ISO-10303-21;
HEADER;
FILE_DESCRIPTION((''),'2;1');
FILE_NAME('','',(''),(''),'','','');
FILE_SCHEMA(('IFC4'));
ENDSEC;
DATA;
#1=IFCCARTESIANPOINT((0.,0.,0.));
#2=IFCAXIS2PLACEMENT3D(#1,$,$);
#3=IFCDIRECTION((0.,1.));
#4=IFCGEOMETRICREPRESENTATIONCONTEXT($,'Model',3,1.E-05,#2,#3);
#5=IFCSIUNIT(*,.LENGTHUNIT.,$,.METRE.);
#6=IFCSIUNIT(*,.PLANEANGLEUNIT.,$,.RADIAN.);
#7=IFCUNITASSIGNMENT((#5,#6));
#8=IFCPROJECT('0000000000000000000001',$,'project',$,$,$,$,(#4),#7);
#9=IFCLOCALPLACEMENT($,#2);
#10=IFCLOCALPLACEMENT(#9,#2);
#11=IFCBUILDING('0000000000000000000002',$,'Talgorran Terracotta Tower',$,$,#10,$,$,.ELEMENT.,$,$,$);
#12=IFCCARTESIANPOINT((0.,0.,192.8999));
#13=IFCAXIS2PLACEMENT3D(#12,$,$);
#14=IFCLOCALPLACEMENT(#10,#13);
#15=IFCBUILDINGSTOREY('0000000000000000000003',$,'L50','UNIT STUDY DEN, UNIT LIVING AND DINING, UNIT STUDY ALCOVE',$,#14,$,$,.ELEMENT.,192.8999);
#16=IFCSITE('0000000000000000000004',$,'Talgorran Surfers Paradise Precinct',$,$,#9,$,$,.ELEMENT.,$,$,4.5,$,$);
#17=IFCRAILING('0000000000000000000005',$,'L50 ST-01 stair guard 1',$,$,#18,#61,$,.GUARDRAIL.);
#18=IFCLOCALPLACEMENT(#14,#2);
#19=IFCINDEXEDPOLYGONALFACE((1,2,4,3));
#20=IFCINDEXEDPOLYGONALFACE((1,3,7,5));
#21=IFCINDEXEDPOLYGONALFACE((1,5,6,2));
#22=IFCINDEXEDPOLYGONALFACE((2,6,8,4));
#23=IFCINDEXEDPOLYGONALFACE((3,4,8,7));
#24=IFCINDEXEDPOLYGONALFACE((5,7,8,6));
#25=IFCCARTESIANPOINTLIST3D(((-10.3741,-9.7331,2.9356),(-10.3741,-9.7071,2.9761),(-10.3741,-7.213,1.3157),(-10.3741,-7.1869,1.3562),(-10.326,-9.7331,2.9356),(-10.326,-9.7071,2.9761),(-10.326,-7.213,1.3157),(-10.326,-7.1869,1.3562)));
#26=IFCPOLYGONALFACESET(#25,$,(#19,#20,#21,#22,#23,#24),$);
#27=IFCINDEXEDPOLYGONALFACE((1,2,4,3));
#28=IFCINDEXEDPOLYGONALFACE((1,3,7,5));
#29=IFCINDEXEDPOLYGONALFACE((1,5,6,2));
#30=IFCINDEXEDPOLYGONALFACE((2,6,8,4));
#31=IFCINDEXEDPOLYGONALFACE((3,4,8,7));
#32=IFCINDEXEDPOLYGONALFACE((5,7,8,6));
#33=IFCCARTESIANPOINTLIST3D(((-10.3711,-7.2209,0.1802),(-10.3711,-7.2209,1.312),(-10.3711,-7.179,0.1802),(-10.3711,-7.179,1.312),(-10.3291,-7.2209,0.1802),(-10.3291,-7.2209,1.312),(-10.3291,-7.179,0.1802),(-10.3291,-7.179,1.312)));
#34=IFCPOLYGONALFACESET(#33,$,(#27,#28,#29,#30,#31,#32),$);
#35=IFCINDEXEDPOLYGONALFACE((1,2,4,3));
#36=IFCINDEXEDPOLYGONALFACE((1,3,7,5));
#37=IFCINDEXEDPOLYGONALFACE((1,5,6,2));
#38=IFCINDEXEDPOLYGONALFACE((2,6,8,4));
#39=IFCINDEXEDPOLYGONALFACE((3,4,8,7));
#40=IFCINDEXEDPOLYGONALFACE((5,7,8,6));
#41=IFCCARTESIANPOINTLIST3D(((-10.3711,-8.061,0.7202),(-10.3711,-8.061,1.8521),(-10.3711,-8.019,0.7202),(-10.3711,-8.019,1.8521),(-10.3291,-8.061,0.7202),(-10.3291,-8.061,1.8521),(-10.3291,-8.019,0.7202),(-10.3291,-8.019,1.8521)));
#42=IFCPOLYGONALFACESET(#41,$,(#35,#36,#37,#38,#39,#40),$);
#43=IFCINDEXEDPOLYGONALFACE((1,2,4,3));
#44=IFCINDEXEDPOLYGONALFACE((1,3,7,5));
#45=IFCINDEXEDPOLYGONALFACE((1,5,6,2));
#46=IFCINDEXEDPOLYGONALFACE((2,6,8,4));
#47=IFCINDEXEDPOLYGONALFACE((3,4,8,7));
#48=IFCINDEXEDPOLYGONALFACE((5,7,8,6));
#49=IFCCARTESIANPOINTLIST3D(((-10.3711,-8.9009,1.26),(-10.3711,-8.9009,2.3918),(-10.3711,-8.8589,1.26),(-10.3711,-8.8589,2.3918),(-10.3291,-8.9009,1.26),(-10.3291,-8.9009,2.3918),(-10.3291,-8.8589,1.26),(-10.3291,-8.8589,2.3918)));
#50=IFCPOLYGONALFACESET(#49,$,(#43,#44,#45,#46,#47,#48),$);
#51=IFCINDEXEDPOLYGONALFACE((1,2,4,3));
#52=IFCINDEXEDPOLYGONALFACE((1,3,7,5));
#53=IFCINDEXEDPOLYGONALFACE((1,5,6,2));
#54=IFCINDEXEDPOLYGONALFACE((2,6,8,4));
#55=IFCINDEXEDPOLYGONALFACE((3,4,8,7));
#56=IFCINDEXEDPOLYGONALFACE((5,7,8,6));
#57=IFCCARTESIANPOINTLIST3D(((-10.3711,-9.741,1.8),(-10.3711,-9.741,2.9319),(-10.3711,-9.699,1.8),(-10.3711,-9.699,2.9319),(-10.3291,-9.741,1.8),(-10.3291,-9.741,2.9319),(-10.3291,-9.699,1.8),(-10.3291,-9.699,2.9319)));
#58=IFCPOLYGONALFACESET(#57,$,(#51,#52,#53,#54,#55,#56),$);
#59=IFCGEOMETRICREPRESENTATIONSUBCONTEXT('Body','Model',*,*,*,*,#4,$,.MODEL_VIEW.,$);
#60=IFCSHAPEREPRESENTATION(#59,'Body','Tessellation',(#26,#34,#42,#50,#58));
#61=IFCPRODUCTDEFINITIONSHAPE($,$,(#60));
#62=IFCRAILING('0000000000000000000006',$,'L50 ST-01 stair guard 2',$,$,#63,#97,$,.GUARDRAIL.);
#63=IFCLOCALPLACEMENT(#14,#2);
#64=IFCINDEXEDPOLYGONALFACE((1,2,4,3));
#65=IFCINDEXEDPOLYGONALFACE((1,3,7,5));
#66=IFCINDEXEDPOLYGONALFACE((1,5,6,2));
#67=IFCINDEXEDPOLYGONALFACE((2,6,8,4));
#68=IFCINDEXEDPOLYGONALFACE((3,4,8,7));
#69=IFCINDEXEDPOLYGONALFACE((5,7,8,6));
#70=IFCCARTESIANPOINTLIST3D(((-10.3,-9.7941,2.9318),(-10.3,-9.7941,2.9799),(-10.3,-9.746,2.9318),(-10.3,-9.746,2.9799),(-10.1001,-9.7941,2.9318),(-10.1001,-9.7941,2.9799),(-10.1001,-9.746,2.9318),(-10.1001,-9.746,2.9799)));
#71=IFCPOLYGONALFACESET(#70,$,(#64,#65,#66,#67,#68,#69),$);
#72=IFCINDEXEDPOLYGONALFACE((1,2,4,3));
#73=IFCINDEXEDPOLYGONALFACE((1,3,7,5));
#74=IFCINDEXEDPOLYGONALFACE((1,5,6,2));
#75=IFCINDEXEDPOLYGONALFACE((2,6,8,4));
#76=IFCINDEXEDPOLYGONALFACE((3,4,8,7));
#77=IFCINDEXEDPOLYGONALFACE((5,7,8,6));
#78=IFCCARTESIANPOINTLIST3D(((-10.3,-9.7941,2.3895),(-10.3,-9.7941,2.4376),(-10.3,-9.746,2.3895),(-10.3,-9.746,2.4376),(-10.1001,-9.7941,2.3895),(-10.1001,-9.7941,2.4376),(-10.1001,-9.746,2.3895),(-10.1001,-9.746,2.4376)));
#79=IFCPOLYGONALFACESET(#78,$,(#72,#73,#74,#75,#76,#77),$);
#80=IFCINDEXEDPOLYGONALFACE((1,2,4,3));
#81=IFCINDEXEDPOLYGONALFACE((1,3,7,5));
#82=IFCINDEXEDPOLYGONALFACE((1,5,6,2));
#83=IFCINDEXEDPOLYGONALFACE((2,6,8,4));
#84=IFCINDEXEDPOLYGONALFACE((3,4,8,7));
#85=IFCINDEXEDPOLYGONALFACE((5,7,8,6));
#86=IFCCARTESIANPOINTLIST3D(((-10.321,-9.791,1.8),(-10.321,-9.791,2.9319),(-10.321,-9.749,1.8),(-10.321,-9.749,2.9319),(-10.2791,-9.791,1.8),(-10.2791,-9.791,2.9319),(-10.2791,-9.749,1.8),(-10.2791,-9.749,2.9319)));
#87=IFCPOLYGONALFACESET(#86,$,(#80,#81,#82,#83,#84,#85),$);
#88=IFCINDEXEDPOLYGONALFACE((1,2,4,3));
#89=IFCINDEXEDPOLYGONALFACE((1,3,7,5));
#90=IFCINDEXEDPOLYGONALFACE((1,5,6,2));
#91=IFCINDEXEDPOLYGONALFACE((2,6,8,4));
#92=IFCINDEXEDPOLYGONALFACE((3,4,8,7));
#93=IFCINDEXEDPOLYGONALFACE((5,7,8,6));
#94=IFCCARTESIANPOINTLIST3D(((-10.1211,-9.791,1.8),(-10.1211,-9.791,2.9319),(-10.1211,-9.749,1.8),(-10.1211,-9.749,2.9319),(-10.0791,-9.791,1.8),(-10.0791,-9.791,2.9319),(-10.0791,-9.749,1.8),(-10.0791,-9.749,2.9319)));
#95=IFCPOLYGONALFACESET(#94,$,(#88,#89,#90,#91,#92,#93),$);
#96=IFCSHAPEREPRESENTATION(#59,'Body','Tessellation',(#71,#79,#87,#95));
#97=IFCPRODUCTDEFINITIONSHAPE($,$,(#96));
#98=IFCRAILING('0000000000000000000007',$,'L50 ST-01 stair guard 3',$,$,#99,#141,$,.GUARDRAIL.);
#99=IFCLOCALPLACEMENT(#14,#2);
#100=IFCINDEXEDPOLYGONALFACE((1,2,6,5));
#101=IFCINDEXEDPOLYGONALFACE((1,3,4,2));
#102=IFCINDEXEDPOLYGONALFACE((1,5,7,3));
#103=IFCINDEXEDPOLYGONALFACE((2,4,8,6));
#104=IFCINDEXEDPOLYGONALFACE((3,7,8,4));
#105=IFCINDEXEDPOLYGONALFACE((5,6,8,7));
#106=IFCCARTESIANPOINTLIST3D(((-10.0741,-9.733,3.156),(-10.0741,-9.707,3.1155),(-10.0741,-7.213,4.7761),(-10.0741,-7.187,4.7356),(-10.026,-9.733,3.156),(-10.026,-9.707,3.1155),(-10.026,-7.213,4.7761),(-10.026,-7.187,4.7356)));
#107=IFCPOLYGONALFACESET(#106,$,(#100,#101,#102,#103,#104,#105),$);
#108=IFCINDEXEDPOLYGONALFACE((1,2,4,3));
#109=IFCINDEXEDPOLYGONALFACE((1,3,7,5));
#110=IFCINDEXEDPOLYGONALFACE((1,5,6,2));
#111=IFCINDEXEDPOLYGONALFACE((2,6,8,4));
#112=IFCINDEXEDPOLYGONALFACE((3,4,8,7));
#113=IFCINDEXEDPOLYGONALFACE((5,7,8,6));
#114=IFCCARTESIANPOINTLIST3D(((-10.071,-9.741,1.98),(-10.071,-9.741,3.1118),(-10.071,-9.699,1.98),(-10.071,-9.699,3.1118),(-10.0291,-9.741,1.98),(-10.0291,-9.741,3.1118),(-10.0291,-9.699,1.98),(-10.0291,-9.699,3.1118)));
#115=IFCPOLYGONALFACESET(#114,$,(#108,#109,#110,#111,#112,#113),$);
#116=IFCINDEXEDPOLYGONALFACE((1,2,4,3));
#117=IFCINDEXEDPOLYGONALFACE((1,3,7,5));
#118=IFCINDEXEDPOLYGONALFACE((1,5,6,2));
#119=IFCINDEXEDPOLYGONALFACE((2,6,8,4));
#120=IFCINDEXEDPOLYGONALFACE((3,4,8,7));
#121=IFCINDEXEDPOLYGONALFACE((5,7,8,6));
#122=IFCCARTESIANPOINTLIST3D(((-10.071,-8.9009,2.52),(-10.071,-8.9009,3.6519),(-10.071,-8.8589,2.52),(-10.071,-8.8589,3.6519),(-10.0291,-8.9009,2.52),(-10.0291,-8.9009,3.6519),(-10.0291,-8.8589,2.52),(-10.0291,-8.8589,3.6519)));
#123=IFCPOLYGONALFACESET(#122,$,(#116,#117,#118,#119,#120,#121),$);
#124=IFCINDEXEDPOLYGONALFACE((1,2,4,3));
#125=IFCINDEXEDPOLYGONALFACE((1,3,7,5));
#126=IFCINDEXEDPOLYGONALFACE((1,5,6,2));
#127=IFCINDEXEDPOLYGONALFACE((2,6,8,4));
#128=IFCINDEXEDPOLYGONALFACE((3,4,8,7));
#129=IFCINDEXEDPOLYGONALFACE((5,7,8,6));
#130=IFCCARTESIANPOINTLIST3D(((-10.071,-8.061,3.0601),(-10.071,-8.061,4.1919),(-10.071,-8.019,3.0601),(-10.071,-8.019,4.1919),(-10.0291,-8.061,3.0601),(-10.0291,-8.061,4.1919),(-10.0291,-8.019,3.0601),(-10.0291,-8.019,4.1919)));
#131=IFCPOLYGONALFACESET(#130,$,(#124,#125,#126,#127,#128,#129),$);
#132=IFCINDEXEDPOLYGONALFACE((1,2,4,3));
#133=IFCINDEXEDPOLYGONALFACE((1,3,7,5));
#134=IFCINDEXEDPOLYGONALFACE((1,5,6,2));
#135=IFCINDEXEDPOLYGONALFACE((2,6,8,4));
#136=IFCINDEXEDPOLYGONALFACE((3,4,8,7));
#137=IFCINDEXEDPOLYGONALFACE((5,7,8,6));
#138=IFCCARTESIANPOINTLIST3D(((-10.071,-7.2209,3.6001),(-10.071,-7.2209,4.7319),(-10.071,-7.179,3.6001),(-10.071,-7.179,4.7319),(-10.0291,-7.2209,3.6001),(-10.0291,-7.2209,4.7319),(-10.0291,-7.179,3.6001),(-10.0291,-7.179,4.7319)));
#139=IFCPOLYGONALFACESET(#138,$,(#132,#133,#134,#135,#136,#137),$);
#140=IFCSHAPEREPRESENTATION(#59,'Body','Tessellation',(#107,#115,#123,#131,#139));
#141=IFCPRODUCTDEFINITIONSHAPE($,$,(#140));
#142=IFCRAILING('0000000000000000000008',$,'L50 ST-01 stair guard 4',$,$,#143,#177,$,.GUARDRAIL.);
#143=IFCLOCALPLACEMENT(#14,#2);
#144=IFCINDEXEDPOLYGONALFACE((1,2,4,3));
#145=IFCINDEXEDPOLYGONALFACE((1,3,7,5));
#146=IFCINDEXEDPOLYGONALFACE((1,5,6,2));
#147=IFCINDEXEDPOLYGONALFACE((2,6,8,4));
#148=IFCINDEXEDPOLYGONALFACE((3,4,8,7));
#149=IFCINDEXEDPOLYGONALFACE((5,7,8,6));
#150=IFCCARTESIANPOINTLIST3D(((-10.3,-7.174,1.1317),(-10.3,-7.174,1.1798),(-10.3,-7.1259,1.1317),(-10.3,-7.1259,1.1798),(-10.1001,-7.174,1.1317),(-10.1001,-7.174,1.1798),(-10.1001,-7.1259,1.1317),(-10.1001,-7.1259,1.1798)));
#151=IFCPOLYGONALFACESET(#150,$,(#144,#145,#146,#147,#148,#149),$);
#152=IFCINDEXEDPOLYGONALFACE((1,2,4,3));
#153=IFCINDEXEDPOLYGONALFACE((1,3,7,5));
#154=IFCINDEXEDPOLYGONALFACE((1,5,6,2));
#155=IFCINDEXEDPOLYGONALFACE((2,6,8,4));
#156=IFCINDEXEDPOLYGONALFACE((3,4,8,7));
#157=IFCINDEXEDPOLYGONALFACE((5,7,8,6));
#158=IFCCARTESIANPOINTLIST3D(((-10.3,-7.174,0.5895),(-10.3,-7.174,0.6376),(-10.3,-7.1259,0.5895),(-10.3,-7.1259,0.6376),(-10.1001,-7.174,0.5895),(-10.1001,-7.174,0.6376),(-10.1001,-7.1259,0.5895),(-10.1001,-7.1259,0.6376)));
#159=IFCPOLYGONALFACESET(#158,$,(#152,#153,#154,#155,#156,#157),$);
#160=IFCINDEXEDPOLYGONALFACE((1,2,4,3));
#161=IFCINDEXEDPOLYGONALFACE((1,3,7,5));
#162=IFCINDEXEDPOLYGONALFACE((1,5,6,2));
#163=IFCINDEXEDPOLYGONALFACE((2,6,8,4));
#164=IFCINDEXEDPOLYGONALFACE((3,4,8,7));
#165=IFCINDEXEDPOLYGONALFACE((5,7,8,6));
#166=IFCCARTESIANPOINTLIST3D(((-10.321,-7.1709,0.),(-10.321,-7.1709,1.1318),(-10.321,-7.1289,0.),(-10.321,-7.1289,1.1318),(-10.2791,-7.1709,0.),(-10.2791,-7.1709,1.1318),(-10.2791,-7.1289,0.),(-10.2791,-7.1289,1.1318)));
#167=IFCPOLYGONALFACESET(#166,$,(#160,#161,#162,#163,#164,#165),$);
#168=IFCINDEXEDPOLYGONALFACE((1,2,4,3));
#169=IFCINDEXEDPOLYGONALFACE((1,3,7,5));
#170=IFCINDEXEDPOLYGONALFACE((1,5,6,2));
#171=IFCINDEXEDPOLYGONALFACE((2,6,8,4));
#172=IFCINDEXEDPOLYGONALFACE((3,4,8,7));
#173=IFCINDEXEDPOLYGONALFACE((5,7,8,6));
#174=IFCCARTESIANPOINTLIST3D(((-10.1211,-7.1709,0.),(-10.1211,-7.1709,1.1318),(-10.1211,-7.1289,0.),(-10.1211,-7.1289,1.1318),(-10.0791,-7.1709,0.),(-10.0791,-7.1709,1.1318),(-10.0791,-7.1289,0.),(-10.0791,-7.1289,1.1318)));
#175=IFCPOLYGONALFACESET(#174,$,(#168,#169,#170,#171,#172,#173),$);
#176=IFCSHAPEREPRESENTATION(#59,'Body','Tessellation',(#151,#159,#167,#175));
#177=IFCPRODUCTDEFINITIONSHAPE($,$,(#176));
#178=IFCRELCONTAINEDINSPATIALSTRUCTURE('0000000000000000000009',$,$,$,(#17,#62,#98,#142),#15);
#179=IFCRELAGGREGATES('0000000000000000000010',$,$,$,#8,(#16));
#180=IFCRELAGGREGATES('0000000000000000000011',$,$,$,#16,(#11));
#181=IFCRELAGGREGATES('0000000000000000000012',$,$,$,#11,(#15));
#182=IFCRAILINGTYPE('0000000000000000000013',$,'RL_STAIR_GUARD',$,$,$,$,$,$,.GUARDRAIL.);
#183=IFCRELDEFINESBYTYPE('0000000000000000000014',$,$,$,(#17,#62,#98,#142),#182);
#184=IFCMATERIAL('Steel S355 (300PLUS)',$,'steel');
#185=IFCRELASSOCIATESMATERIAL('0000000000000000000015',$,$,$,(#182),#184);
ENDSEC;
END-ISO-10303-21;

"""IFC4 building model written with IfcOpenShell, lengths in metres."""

from ifc_helpers import new_model, si_unit, direction, frame, origin, origin_2d, place, context, subcontext, project, spatial, rectangle, extrude, material, type_object, element, save


model = new_model("IFC4")

# Units and contexts
model_context = context("Model", 3, precision=1e-05, world=origin(), true_north=direction((0.0, 1.0)))
body_context = subcontext(model_context, "Body", "Model", "MODEL_VIEW")
ifc_project = project(units=[si_unit("LENGTHUNIT", "METRE"), si_unit("PLANEANGLEUNIT", "RADIAN")], contexts=[model_context])

# Site, building, storey
site_placement = place(None, origin())
site = spatial("IfcSite", under=ifc_project, at=site_placement, Name="Talgorran Surfers Paradise Precinct", CompositionType="ELEMENT", RefElevation=4.5)
building_placement = place(site_placement, origin())
building = spatial("IfcBuilding", under=site, at=building_placement, Name="Talgorran Terracotta Tower", CompositionType="ELEMENT")
storey_placement = place(building_placement, frame((0.0, 0.0, 192.8999)))
storey = spatial("IfcBuildingStorey", under=building, at=storey_placement, Name="L50", Description="UNIT STUDY DEN, UNIT LIVING AND DINING, UNIT STUDY ALCOVE", CompositionType="ELEMENT", Elevation=192.8999)

# Shared definitions
ifc_material_1 = material(Name="Steel S355 (300PLUS)", Category="steel")

# Railings
railing_type_1 = type_object("IfcRailingType", Name="RL_STAIR_GUARD", PredefinedType="GUARDRAIL", material=ifc_material_1)
railing_1_placement = place(storey_placement, frame((-10.3501, -7.2, 0.1802)))
element("IfcRailing", 1, at=railing_1_placement, inside=storey, type_object=railing_type_1, Name="L50 ST-01 stair guard 1", PredefinedType="GUARDRAIL", context=body_context, shape_type="SweptSolid", body=[
    extrude(rectangle(XDim=0.0481, YDim=0.0481, at=origin_2d()), frame((0.0, 0.0, 1.1558), z_axis=(0.0, -0.8412, 0.540725), x_axis=(1.0, 0.0, 0.0)), (0.0, 0.0, 1.0), 2.9958),
    extrude(rectangle(XDim=0.042, YDim=0.042, at=origin_2d()), origin(), (0.0, 0.0, 1.0), 1.1318),
    extrude(rectangle(XDim=0.042, YDim=0.042, at=origin_2d()), frame((0.0, -0.8401, 0.54)), (0.0, 0.0, 1.0), 1.1318),
    extrude(rectangle(XDim=0.042, YDim=0.042, at=origin_2d()), frame((0.0, -1.6799, 1.0798)), (0.0, 0.0, 1.0), 1.1318),
    extrude(rectangle(XDim=0.042, YDim=0.042, at=origin_2d()), frame((0.0, -2.52, 1.6199)), (0.0, 0.0, 1.0), 1.1318),
])
railing_2_placement = place(storey_placement, frame((-10.3, -9.77, 1.8)))
element("IfcRailing", 2, at=railing_2_placement, inside=storey, type_object=railing_type_1, Name="L50 ST-01 stair guard 2", PredefinedType="GUARDRAIL", context=body_context, shape_type="SweptSolid", body=[
    extrude(rectangle(XDim=0.0481, YDim=0.0481, at=origin_2d()), frame((0.0, 0.0, 1.1558), z_axis=(1.0, 0.0, 0.0), x_axis=(0.0, 1.0, 0.0)), (0.0, 0.0, 1.0), 0.2),
    extrude(rectangle(XDim=0.0481, YDim=0.0481, at=origin_2d()), frame((0.0, 0.0, 0.6135), z_axis=(1.0, 0.0, 0.0), x_axis=(0.0, 1.0, 0.0)), (0.0, 0.0, 1.0), 0.2),
    extrude(rectangle(XDim=0.042, YDim=0.042, at=origin_2d()), origin(), (0.0, 0.0, 1.0), 1.1318),
    extrude(rectangle(XDim=0.042, YDim=0.042, at=origin_2d()), frame((0.2, 0.0, 0.0)), (0.0, 0.0, 1.0), 1.1318),
])
railing_3_placement = place(storey_placement, frame((-10.05, -9.72, 1.98)))
element("IfcRailing", 3, at=railing_3_placement, inside=storey, type_object=railing_type_1, Name="L50 ST-01 stair guard 3", PredefinedType="GUARDRAIL", context=body_context, shape_type="SweptSolid", body=[
    extrude(rectangle(XDim=0.0481, YDim=0.0481, at=origin_2d()), frame((0.0, 0.0, 1.1558), z_axis=(0.0, 0.841163, 0.540782), x_axis=(-1.0, 0.0, 0.0)), (0.0, 0.0, 1.0), 2.9958),
    extrude(rectangle(XDim=0.042, YDim=0.042, at=origin_2d()), origin(), (0.0, 0.0, 1.0), 1.1318),
    extrude(rectangle(XDim=0.042, YDim=0.042, at=origin_2d()), frame((0.0, 0.8401, 0.54)), (0.0, 0.0, 1.0), 1.1318),
    extrude(rectangle(XDim=0.042, YDim=0.042, at=origin_2d()), frame((0.0, 1.6799, 1.0801)), (0.0, 0.0, 1.0), 1.1318),
    extrude(rectangle(XDim=0.042, YDim=0.042, at=origin_2d()), frame((0.0, 2.52, 1.6201)), (0.0, 0.0, 1.0), 1.1318),
])
railing_4_placement = place(storey_placement, frame((-10.3, -7.1499, 0.0)))
element("IfcRailing", 4, at=railing_4_placement, inside=storey, type_object=railing_type_1, Name="L50 ST-01 stair guard 4", PredefinedType="GUARDRAIL", context=body_context, shape_type="SweptSolid", body=[
    extrude(rectangle(XDim=0.0481, YDim=0.0481, at=origin_2d()), frame((0.0, 0.0, 1.1558), z_axis=(1.0, 0.0, 0.0), x_axis=(0.0, 1.0, 0.0)), (0.0, 0.0, 1.0), 0.2),
    extrude(rectangle(XDim=0.0481, YDim=0.0481, at=origin_2d()), frame((0.0, 0.0, 0.6135), z_axis=(1.0, 0.0, 0.0), x_axis=(0.0, 1.0, 0.0)), (0.0, 0.0, 1.0), 0.2),
    extrude(rectangle(XDim=0.042, YDim=0.042, at=origin_2d()), origin(), (0.0, 0.0, 1.0), 1.1318),
    extrude(rectangle(XDim=0.042, YDim=0.042, at=origin_2d()), frame((0.2, 0.0, 0.0)), (0.0, 0.0, 1.0), 1.1318),
])

save(model, "model.ifc")
